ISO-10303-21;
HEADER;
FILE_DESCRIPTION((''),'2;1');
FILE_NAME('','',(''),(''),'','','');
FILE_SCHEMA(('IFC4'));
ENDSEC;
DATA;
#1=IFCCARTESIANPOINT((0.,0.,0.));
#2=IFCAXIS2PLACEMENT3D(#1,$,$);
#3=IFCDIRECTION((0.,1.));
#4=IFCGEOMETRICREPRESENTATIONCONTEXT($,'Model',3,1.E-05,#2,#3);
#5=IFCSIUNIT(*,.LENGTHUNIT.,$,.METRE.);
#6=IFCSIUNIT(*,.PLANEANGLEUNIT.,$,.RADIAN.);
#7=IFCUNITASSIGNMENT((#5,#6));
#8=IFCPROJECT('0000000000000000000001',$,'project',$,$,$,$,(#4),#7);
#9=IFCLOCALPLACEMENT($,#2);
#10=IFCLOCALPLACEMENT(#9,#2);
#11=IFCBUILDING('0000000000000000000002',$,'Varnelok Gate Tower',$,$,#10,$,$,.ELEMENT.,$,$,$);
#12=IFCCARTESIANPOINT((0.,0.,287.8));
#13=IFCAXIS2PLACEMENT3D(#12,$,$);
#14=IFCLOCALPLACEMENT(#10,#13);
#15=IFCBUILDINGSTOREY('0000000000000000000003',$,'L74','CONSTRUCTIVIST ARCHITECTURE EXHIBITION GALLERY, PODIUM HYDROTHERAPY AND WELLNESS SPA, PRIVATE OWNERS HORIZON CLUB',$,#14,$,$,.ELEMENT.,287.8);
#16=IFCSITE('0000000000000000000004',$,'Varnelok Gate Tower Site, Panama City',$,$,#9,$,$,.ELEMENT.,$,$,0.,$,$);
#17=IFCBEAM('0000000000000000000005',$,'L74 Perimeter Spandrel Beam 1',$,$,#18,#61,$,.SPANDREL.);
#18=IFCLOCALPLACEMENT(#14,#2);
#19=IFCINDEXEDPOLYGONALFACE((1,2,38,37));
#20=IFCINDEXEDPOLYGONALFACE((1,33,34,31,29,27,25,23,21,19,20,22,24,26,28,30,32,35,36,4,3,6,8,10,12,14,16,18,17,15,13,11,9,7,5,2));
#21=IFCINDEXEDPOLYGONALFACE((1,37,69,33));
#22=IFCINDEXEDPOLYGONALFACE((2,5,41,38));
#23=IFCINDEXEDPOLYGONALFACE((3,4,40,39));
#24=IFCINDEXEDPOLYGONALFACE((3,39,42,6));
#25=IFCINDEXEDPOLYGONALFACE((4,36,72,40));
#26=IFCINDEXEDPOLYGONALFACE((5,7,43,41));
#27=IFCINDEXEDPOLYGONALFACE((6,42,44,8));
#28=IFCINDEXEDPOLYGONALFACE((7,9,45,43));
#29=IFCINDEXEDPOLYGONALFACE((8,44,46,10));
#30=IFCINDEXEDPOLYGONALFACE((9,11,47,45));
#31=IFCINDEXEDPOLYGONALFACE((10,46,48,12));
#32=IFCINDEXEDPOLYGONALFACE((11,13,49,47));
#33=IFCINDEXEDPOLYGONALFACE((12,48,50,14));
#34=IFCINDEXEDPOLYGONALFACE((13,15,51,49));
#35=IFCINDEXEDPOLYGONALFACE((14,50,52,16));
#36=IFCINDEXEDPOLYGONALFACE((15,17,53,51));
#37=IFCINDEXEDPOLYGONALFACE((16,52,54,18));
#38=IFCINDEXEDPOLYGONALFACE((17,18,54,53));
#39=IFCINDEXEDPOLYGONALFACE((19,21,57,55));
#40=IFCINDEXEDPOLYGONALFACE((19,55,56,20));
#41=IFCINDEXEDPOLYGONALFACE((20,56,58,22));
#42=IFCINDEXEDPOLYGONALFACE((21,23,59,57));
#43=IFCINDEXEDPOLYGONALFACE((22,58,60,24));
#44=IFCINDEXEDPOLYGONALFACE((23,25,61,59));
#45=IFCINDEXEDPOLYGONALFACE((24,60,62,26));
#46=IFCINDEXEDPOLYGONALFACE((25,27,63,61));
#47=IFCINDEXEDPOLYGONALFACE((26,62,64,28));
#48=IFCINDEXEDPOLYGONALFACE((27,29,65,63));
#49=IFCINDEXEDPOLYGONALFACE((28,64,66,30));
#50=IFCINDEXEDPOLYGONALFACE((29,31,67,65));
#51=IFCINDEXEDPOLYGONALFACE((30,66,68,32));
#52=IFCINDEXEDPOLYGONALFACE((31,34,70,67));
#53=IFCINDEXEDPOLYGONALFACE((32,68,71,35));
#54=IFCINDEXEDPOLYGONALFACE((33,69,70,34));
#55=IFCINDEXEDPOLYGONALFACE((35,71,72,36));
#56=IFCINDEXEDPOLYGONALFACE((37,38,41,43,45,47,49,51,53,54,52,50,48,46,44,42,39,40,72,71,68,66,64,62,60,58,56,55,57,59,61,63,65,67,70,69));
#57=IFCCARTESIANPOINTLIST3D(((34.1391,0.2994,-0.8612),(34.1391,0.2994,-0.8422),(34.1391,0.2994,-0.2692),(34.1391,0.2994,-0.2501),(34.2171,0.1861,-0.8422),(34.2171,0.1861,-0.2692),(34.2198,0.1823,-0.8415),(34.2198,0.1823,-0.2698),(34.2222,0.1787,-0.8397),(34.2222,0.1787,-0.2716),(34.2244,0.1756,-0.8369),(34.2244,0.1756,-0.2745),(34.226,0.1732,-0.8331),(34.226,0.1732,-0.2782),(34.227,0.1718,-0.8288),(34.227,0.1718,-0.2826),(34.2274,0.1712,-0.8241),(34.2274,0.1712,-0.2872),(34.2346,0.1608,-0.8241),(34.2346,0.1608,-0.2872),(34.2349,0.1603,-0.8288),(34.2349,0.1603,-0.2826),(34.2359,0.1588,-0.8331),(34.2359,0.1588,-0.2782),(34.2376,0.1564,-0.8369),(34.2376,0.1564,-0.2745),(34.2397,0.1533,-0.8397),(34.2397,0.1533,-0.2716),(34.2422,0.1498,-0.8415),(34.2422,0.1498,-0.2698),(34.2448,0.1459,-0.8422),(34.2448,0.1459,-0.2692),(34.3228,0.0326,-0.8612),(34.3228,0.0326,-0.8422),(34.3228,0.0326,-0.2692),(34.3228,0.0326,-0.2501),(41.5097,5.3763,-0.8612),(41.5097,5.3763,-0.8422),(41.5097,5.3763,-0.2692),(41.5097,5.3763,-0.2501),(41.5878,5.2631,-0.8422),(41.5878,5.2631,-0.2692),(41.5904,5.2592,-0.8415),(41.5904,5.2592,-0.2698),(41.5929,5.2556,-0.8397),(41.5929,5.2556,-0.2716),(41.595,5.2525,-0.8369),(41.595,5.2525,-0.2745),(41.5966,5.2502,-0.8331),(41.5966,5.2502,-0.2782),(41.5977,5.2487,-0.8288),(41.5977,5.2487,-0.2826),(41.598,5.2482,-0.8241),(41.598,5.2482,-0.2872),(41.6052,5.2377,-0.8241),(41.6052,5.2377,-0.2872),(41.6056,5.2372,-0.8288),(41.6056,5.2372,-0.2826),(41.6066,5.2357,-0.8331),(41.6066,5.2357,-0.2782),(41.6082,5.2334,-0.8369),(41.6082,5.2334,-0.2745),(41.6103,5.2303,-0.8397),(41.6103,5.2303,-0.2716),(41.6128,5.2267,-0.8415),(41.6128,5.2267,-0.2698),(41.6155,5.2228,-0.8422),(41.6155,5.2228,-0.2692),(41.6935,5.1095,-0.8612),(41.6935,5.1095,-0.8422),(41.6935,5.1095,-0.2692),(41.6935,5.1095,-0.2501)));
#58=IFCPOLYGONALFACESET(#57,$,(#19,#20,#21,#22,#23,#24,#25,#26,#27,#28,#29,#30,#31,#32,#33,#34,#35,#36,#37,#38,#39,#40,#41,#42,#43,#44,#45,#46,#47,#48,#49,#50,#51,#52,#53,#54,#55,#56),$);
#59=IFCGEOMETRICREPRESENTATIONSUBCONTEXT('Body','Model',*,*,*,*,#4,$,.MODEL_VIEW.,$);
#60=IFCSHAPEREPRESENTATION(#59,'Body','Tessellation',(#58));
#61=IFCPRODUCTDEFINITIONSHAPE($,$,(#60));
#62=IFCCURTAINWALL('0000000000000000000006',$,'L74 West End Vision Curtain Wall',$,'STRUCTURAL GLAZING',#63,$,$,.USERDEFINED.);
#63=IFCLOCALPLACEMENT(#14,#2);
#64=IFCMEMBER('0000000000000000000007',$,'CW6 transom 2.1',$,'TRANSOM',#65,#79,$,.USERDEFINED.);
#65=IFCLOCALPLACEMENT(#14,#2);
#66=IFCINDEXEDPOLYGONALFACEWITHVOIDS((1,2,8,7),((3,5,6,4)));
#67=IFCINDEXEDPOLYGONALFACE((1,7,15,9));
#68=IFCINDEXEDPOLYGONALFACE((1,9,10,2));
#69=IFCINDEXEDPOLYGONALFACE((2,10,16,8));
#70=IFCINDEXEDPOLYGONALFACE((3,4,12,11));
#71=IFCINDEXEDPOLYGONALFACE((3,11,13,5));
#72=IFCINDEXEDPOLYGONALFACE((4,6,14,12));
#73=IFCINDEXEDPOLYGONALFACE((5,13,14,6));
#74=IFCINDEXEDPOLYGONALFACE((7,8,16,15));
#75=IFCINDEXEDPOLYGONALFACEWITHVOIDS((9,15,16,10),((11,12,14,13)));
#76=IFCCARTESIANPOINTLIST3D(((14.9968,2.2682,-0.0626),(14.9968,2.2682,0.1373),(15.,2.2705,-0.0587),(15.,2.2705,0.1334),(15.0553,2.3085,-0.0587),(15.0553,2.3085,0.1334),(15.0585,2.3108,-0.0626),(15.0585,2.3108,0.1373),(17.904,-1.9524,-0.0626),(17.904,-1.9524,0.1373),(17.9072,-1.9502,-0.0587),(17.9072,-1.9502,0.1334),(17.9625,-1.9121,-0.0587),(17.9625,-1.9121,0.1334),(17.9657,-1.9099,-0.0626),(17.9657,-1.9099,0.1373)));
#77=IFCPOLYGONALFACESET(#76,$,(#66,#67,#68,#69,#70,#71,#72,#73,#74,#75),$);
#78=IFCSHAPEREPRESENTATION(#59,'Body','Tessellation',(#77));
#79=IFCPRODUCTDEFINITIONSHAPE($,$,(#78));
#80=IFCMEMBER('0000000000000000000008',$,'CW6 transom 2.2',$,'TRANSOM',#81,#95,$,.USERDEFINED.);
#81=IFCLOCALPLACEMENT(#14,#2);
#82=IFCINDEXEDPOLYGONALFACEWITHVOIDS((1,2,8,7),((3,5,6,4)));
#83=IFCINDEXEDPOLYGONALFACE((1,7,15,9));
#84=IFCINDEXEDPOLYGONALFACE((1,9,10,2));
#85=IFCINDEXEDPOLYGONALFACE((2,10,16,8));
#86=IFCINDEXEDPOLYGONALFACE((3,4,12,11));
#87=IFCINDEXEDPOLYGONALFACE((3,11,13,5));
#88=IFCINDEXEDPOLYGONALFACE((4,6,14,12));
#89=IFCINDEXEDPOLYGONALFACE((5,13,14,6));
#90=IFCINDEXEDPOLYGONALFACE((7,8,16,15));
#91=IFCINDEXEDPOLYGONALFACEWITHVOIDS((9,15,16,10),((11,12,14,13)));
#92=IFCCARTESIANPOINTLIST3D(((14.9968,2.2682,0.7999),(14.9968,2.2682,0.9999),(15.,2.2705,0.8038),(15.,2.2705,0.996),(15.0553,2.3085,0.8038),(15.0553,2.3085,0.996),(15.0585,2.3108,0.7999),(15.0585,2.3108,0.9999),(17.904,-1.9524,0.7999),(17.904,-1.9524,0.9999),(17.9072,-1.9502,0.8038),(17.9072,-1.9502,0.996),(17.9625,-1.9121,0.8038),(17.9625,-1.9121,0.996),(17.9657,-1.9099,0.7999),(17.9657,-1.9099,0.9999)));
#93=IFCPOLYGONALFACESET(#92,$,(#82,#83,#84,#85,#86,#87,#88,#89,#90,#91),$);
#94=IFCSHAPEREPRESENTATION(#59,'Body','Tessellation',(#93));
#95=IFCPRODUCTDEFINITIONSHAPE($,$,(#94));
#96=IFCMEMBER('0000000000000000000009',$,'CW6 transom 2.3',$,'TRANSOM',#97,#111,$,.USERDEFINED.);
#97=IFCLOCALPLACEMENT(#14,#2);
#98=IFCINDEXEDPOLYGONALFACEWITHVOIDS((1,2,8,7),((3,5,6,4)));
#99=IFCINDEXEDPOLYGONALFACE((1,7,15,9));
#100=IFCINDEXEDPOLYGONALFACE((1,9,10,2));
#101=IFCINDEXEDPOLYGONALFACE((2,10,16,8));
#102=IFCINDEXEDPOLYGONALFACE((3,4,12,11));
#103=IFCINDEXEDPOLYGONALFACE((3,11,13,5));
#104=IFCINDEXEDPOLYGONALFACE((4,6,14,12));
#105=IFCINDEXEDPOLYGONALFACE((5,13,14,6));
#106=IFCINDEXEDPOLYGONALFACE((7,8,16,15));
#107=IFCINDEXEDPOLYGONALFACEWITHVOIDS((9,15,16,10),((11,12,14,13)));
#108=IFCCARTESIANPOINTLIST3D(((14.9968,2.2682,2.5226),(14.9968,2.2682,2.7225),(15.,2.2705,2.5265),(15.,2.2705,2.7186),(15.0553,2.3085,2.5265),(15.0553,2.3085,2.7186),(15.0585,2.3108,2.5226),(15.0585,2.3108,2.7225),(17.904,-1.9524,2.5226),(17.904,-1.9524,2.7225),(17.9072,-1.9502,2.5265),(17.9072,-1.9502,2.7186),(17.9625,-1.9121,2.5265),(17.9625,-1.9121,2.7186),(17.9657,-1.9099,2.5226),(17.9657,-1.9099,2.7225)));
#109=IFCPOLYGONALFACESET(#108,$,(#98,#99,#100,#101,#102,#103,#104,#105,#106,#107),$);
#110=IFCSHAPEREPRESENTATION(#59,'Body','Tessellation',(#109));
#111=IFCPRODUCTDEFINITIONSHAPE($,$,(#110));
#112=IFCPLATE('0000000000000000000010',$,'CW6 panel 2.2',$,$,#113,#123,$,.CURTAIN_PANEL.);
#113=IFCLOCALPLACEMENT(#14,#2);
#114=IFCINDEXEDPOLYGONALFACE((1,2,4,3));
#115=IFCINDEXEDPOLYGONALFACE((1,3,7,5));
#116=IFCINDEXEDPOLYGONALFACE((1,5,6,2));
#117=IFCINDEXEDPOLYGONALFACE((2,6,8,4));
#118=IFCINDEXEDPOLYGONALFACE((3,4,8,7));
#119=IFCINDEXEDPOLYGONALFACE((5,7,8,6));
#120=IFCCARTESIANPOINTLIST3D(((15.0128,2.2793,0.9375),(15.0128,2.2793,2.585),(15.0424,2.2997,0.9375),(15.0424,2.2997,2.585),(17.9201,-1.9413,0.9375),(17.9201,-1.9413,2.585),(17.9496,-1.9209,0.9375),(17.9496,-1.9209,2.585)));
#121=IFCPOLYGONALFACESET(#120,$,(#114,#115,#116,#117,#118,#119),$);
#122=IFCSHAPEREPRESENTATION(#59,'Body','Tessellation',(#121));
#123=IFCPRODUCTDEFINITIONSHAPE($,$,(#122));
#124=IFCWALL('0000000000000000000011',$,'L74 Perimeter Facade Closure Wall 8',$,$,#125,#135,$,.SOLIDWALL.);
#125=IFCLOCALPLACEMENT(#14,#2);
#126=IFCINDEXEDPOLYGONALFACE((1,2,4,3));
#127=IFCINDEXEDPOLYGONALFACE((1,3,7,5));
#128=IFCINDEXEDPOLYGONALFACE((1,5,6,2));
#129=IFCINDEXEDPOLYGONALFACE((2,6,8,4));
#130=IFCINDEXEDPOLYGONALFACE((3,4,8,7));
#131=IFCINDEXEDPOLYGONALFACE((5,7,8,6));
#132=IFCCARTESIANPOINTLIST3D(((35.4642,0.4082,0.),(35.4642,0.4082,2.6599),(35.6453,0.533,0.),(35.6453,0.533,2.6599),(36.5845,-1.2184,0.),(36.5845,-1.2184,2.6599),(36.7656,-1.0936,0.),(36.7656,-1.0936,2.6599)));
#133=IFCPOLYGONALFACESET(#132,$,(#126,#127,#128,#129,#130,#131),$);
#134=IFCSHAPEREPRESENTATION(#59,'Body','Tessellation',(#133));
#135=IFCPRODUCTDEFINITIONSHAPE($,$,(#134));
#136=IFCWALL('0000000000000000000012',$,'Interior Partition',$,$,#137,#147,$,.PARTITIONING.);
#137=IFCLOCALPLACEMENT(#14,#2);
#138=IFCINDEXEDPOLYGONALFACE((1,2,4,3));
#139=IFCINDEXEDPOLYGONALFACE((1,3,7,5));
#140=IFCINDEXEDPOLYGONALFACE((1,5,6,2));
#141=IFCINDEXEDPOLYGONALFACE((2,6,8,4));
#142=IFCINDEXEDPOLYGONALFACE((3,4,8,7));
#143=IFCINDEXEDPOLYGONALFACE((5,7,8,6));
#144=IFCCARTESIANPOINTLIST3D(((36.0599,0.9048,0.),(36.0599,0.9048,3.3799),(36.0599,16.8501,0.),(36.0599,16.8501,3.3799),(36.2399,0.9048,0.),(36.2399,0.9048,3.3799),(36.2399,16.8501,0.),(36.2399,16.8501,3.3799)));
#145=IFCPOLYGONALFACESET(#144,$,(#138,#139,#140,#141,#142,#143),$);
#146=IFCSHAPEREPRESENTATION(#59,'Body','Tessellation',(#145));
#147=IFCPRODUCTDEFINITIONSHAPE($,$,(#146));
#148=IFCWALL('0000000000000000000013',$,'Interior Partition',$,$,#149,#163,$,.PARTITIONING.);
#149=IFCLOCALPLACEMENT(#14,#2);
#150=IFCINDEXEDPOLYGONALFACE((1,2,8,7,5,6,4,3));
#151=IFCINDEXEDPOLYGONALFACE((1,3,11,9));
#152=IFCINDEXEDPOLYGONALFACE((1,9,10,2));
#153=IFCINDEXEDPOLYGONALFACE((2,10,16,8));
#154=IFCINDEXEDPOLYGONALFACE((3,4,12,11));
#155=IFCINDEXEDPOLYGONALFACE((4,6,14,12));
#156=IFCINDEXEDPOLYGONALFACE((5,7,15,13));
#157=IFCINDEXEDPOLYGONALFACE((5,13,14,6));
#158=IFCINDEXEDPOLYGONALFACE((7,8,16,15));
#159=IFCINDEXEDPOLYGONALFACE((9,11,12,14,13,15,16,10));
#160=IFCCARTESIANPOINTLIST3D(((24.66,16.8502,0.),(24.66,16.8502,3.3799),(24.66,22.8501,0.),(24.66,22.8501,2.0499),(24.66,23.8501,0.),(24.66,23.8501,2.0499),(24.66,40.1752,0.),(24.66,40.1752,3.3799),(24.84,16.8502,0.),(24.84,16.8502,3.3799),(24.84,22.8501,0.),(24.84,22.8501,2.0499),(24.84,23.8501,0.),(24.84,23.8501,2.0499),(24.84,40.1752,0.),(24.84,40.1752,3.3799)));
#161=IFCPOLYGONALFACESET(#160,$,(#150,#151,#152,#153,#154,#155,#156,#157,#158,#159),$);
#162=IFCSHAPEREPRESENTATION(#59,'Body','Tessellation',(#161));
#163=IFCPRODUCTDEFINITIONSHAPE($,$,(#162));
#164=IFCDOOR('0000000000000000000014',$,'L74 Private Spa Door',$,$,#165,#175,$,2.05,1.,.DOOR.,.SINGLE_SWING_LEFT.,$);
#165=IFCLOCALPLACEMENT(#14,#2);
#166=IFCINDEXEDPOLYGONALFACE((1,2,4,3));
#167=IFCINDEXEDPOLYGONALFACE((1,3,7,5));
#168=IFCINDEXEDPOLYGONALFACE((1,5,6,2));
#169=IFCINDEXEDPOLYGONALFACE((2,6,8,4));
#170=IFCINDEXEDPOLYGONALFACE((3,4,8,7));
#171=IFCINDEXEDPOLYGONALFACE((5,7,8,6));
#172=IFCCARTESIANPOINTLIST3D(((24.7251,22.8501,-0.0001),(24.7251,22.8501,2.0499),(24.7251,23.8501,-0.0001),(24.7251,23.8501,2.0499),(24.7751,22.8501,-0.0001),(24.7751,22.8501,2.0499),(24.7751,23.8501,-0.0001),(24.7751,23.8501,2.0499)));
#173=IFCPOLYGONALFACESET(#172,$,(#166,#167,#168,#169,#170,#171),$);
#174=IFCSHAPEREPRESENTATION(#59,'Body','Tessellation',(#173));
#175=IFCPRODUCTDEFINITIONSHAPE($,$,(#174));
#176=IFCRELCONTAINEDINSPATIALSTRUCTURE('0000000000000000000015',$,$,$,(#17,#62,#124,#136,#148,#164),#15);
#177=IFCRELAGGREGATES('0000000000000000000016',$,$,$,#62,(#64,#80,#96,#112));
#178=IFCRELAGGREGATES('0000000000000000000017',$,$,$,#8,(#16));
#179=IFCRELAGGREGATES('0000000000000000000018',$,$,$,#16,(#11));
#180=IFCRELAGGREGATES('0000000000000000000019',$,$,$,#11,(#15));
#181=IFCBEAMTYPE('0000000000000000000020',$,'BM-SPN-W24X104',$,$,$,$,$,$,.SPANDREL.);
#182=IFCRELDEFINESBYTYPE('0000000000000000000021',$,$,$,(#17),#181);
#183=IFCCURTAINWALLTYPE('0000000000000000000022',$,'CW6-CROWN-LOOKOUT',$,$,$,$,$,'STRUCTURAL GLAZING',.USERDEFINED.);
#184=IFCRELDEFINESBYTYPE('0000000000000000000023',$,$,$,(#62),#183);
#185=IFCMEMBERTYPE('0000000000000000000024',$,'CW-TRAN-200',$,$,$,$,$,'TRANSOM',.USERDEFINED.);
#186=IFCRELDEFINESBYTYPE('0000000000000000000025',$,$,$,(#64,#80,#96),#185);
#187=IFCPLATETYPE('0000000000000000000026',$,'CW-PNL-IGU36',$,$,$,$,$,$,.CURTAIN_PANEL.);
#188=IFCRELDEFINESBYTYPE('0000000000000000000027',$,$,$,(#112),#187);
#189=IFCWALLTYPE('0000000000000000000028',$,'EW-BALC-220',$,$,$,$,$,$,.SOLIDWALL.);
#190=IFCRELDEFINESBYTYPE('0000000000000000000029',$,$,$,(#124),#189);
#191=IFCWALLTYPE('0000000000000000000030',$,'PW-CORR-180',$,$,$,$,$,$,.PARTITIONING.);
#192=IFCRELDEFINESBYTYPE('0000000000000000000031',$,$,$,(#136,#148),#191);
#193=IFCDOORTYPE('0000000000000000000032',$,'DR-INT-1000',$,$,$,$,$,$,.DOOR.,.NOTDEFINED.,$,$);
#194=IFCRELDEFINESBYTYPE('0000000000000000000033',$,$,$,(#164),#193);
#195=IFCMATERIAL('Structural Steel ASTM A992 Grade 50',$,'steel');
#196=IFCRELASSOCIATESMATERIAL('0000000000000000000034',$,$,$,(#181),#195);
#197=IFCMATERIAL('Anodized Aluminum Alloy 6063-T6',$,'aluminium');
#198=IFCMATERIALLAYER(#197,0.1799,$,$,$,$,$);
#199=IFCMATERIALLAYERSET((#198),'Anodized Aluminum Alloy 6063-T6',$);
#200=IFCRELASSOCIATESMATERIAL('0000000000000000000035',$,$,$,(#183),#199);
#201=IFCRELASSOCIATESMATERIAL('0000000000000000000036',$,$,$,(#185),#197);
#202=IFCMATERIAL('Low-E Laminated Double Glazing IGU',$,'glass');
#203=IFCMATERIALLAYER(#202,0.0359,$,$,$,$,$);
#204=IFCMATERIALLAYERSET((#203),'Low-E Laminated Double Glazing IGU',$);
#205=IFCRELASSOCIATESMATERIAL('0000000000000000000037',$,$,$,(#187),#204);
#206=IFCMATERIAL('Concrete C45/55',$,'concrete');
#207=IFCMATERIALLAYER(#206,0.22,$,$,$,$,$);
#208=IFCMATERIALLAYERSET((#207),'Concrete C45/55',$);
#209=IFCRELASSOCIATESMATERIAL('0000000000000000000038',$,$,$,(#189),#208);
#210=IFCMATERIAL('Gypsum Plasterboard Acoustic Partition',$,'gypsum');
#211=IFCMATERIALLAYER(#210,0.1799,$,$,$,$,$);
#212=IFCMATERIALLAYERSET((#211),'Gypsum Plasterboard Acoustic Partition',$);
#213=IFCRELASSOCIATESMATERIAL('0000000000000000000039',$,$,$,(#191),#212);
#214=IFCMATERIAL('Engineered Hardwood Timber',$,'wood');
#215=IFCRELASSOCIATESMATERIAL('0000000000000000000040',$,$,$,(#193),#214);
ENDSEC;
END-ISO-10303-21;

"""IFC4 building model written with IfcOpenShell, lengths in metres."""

from ifc_helpers import new_model, si_unit, direction, frame, frame_2d, origin, origin_2d, place, context, subcontext, project, spatial, rectangle, hollow_rectangle, i_section, extrude, source, transform, mapped, material, layer, layer_set, material_profile, profile_set, type_object, element, fill, aggregate, save


model = new_model("IFC4")

# Units and contexts
model_context = context("Model", 3, precision=1e-05, world=origin(), true_north=direction((0.0, 1.0)))
body_context = subcontext(model_context, "Body", "Model", "MODEL_VIEW")
ifc_project = project(units=[si_unit("LENGTHUNIT", "METRE"), si_unit("PLANEANGLEUNIT", "RADIAN")], contexts=[model_context])

# Site, building, storey
site_placement = place(None, origin())
site = spatial("IfcSite", under=ifc_project, at=site_placement, Name="Varnelok Gate Tower Site, Panama City", CompositionType="ELEMENT", RefElevation=0.0)
building_placement = place(site_placement, origin())
building = spatial("IfcBuilding", under=site, at=building_placement, Name="Varnelok Gate Tower", CompositionType="ELEMENT")
storey_placement = place(building_placement, frame((0.0, 0.0, 287.8)))
storey = spatial("IfcBuildingStorey", under=building, at=storey_placement, Name="L74", Description="CONSTRUCTIVIST ARCHITECTURE EXHIBITION GALLERY, PODIUM HYDROTHERAPY AND WELLNESS SPA, PRIVATE OWNERS HORIZON CLUB", CompositionType="ELEMENT", Elevation=287.8)

# Shared definitions
ifc_material_1 = material(Name="Structural Steel ASTM A992 Grade 50", Category="steel")

# Beam
ifc_material_profile_1 = material_profile(ifc_material_1, i_section(OverallWidth=0.324, OverallDepth=0.6111, WebThickness=0.0127, FlangeThickness=0.019, FilletRadius=0.0181, at=origin_2d()), Name="W24X104")
ifc_profile_set_1 = profile_set([ifc_material_profile_1], Name="Structural Steel ASTM A992 Grade 50")
beam_type_1 = type_object("IfcBeamType", Name="BM-SPN-W24X104", PredefinedType="SPANDREL", material=ifc_profile_set_1)
beam_1_placement = place(storey_placement, frame((34.231, 0.166, -0.5557), z_axis=(0.82354, 0.567258, 0.0), x_axis=(-0.567258, 0.82354, 0.0)))
element("IfcBeam", 1, at=beam_1_placement, inside=storey, type_object=beam_type_1, Name="L74 Perimeter Spandrel Beam 1", PredefinedType="SPANDREL", context=body_context, shape_type="SweptSolid", body=[
    extrude(i_section(OverallWidth=0.324, OverallDepth=0.6111, WebThickness=0.0127, FlangeThickness=0.019, FilletRadius=0.0181, at=origin_2d()), origin(), (0.0, 0.0, 1.0), 8.95),
])

# Curtain wall, members, plate
ifc_material_2 = material(Name="Anodized Aluminum Alloy 6063-T6", Category="aluminium")
ifc_layer_1 = layer(ifc_material_2, 0.1799)
ifc_layer_set_1 = layer_set([ifc_layer_1], Name="Anodized Aluminum Alloy 6063-T6")
curtain_wall_type = type_object("IfcCurtainWallType", Name="CW6-CROWN-LOOKOUT", ElementType="STRUCTURAL GLAZING", PredefinedType="USERDEFINED", material=ifc_layer_set_1)
curtain_wall_placement = place(storey_placement, origin())
curtain_wall = element("IfcCurtainWall", 2, at=curtain_wall_placement, inside=storey, type_object=curtain_wall_type, Name="L74 West End Vision Curtain Wall", ObjectType="STRUCTURAL GLAZING", PredefinedType="USERDEFINED")
ifc_material_profile_2 = material_profile(ifc_material_2, hollow_rectangle(XDim=0.075, YDim=0.2, WallThickness=0.0039, at=origin_2d()), Name="ALU200X75X4")
ifc_profile_set_2 = profile_set([ifc_material_profile_2], Name="Anodized Aluminum Alloy 6063-T6")
member_type = type_object("IfcMemberType", Name="CW-TRAN-200", ElementType="TRANSOM", PredefinedType="USERDEFINED", material=ifc_profile_set_2)
member_1_placement = place(storey_placement, frame((17.9348, -1.9312, 0.0374), z_axis=(-0.567256, 0.823541, 0.0), x_axis=(-0.823541, -0.567256, 0.0)))
member_1 = element("IfcMember", 3, at=member_1_placement, type_object=member_type, Name="CW6 transom 2.1", ObjectType="TRANSOM", PredefinedType="USERDEFINED", context=body_context, shape_type="SweptSolid", body=[
    extrude(hollow_rectangle(XDim=0.075, YDim=0.2, WallThickness=0.0039, at=origin_2d()), origin(), (0.0, 0.0, 1.0), 5.125),
])
member_2_placement = place(storey_placement, frame((17.9348, -1.9312, 0.8999), z_axis=(-0.567256, 0.823541, 0.0), x_axis=(-0.823541, -0.567256, 0.0)))
member_2 = element("IfcMember", 4, at=member_2_placement, type_object=member_type, Name="CW6 transom 2.2", ObjectType="TRANSOM", PredefinedType="USERDEFINED", context=body_context, shape_type="SweptSolid", body=[
    extrude(hollow_rectangle(XDim=0.075, YDim=0.2, WallThickness=0.0039, at=origin_2d()), origin(), (0.0, 0.0, 1.0), 5.125),
])
member_3_placement = place(storey_placement, frame((17.9348, -1.9312, 2.6226), z_axis=(-0.567256, 0.823541, 0.0), x_axis=(-0.823541, -0.567256, 0.0)))
member_3 = element("IfcMember", 5, at=member_3_placement, type_object=member_type, Name="CW6 transom 2.3", ObjectType="TRANSOM", PredefinedType="USERDEFINED", context=body_context, shape_type="SweptSolid", body=[
    extrude(hollow_rectangle(XDim=0.075, YDim=0.2, WallThickness=0.0039, at=origin_2d()), origin(), (0.0, 0.0, 1.0), 5.125),
])
ifc_material_3 = material(Name="Low-E Laminated Double Glazing IGU", Category="glass")
ifc_layer_2 = layer(ifc_material_3, 0.0359)
ifc_layer_set_2 = layer_set([ifc_layer_2], Name="Low-E Laminated Double Glazing IGU")
plate_type = type_object("IfcPlateType", Name="CW-PNL-IGU36", PredefinedType="CURTAIN_PANEL", material=ifc_layer_set_2)
shared_shape_1 = source(origin(), body_context, "Body", "SweptSolid", [
    extrude(rectangle(XDim=5.125, YDim=0.0359, at=origin_2d()), origin(), (0.0, 0.0, 1.0), 1.6475),
])
plate_placement = place(storey_placement, frame((16.4812, 0.1792, 0.9375), z_axis=(0.0, 0.0, 1.0), x_axis=(-0.567269, 0.823532, 0.0)))
plate = element("IfcPlate", 6, at=plate_placement, type_object=plate_type, Name="CW6 panel 2.2", PredefinedType="CURTAIN_PANEL", context=body_context, shape_type="MappedRepresentation", body=[
    mapped(shared_shape_1, transform((0.0, 0.0, 0.0), scale=1.0)),
])
aggregate(curtain_wall, [member_1, member_2, member_3, plate])

# Walls
ifc_material_4 = material(Name="Concrete C45/55", Category="concrete")
ifc_layer_3 = layer(ifc_material_4, 0.22)
ifc_layer_set_3 = layer_set([ifc_layer_3], Name="Concrete C45/55")
wall_type_1 = type_object("IfcWallType", Name="EW-BALC-220", PredefinedType="SOLIDWALL", material=ifc_layer_set_3)
wall_1_placement = place(storey_placement, frame((36.675, -1.156, 0.0), z_axis=(0.0, 0.0, 1.0), x_axis=(-0.567216, 0.823569, 0.0)))
element("IfcWall", 7, at=wall_1_placement, inside=storey, type_object=wall_type_1, Name="L74 Perimeter Facade Closure Wall 8", PredefinedType="SOLIDWALL", context=body_context, shape_type="SweptSolid", body=[
    extrude(rectangle(XDim=1.9751, YDim=0.22, at=frame_2d((0.9875, 0.0))), origin(), (0.0, 0.0, 1.0), 2.6599),
])
ifc_material_5 = material(Name="Gypsum Plasterboard Acoustic Partition", Category="gypsum")
ifc_layer_4 = layer(ifc_material_5, 0.1799)
ifc_layer_set_4 = layer_set([ifc_layer_4], Name="Gypsum Plasterboard Acoustic Partition")
wall_type_2 = type_object("IfcWallType", Name="PW-CORR-180", PredefinedType="PARTITIONING", material=ifc_layer_set_4)
wall_2_placement = place(storey_placement, frame((36.1499, 0.9048, 0.0), z_axis=(0.0, 0.0, 1.0), x_axis=(0.0, 1.0, 0.0)))
element("IfcWall", 8, at=wall_2_placement, inside=storey, type_object=wall_type_2, Name="Interior Partition", PredefinedType="PARTITIONING", context=body_context, shape_type="SweptSolid", body=[
    extrude(rectangle(XDim=15.9453, YDim=0.1799, at=frame_2d((7.9727, 0.0))), origin(), (0.0, 0.0, 1.0), 3.3799),
])

# Wall, opening, door
wall_3_placement = place(storey_placement, frame((24.75, 16.8501, 0.0), z_axis=(0.0, 0.0, 1.0), x_axis=(0.0, 1.0, 0.0)))
wall_3 = element("IfcWall", 9, at=wall_3_placement, inside=storey, type_object=wall_type_2, Name="Interior Partition", PredefinedType="PARTITIONING", context=body_context, shape_type="SweptSolid", body=[
    extrude(rectangle(XDim=23.325, YDim=0.1799, at=frame_2d((11.6626, 0.0))), origin(), (0.0, 0.0, 1.0), 3.3799),
])
opening_1_placement = place(wall_3_placement, frame((6.0, 0.0, 0.0)))
opening_1 = element("IfcOpeningElement", 10, at=opening_1_placement, cuts=wall_3, PredefinedType="OPENING", context=body_context, shape_type="SweptSolid", body=[
    extrude(rectangle(XDim=1.0, YDim=2.05, at=frame_2d((0.5, 1.0249))), frame((0.0, 0.0999, 0.0), z_axis=(0.0, -1.0, 0.0), x_axis=(1.0, 0.0, 0.0)), (0.0, 0.0, 1.0), 0.2),
])
ifc_material_6 = material(Name="Engineered Hardwood Timber", Category="wood")
door_type_1 = type_object("IfcDoorType", Name="DR-INT-1000", OperationType="NOTDEFINED", PredefinedType="DOOR", material=ifc_material_6)
door_1_placement = place(opening_1_placement, origin())
door_1 = element("IfcDoor", 11, at=door_1_placement, inside=storey, type_object=door_type_1, Name="L74 Private Spa Door", OperationType="SINGLE_SWING_LEFT", OverallHeight=2.05, OverallWidth=1.0, PredefinedType="DOOR", context=body_context, shape_type="SweptSolid", body=[
    extrude(rectangle(XDim=1.0, YDim=2.05, at=frame_2d((0.5, 1.0249))), frame((0.0, 0.0249, 0.0), z_axis=(0.0, -1.0, 0.0), x_axis=(1.0, 0.0, 0.0)), (0.0, 0.0, 1.0), 0.05),
])
fill(opening_1, door_1)

save(model, "model.ifc")
